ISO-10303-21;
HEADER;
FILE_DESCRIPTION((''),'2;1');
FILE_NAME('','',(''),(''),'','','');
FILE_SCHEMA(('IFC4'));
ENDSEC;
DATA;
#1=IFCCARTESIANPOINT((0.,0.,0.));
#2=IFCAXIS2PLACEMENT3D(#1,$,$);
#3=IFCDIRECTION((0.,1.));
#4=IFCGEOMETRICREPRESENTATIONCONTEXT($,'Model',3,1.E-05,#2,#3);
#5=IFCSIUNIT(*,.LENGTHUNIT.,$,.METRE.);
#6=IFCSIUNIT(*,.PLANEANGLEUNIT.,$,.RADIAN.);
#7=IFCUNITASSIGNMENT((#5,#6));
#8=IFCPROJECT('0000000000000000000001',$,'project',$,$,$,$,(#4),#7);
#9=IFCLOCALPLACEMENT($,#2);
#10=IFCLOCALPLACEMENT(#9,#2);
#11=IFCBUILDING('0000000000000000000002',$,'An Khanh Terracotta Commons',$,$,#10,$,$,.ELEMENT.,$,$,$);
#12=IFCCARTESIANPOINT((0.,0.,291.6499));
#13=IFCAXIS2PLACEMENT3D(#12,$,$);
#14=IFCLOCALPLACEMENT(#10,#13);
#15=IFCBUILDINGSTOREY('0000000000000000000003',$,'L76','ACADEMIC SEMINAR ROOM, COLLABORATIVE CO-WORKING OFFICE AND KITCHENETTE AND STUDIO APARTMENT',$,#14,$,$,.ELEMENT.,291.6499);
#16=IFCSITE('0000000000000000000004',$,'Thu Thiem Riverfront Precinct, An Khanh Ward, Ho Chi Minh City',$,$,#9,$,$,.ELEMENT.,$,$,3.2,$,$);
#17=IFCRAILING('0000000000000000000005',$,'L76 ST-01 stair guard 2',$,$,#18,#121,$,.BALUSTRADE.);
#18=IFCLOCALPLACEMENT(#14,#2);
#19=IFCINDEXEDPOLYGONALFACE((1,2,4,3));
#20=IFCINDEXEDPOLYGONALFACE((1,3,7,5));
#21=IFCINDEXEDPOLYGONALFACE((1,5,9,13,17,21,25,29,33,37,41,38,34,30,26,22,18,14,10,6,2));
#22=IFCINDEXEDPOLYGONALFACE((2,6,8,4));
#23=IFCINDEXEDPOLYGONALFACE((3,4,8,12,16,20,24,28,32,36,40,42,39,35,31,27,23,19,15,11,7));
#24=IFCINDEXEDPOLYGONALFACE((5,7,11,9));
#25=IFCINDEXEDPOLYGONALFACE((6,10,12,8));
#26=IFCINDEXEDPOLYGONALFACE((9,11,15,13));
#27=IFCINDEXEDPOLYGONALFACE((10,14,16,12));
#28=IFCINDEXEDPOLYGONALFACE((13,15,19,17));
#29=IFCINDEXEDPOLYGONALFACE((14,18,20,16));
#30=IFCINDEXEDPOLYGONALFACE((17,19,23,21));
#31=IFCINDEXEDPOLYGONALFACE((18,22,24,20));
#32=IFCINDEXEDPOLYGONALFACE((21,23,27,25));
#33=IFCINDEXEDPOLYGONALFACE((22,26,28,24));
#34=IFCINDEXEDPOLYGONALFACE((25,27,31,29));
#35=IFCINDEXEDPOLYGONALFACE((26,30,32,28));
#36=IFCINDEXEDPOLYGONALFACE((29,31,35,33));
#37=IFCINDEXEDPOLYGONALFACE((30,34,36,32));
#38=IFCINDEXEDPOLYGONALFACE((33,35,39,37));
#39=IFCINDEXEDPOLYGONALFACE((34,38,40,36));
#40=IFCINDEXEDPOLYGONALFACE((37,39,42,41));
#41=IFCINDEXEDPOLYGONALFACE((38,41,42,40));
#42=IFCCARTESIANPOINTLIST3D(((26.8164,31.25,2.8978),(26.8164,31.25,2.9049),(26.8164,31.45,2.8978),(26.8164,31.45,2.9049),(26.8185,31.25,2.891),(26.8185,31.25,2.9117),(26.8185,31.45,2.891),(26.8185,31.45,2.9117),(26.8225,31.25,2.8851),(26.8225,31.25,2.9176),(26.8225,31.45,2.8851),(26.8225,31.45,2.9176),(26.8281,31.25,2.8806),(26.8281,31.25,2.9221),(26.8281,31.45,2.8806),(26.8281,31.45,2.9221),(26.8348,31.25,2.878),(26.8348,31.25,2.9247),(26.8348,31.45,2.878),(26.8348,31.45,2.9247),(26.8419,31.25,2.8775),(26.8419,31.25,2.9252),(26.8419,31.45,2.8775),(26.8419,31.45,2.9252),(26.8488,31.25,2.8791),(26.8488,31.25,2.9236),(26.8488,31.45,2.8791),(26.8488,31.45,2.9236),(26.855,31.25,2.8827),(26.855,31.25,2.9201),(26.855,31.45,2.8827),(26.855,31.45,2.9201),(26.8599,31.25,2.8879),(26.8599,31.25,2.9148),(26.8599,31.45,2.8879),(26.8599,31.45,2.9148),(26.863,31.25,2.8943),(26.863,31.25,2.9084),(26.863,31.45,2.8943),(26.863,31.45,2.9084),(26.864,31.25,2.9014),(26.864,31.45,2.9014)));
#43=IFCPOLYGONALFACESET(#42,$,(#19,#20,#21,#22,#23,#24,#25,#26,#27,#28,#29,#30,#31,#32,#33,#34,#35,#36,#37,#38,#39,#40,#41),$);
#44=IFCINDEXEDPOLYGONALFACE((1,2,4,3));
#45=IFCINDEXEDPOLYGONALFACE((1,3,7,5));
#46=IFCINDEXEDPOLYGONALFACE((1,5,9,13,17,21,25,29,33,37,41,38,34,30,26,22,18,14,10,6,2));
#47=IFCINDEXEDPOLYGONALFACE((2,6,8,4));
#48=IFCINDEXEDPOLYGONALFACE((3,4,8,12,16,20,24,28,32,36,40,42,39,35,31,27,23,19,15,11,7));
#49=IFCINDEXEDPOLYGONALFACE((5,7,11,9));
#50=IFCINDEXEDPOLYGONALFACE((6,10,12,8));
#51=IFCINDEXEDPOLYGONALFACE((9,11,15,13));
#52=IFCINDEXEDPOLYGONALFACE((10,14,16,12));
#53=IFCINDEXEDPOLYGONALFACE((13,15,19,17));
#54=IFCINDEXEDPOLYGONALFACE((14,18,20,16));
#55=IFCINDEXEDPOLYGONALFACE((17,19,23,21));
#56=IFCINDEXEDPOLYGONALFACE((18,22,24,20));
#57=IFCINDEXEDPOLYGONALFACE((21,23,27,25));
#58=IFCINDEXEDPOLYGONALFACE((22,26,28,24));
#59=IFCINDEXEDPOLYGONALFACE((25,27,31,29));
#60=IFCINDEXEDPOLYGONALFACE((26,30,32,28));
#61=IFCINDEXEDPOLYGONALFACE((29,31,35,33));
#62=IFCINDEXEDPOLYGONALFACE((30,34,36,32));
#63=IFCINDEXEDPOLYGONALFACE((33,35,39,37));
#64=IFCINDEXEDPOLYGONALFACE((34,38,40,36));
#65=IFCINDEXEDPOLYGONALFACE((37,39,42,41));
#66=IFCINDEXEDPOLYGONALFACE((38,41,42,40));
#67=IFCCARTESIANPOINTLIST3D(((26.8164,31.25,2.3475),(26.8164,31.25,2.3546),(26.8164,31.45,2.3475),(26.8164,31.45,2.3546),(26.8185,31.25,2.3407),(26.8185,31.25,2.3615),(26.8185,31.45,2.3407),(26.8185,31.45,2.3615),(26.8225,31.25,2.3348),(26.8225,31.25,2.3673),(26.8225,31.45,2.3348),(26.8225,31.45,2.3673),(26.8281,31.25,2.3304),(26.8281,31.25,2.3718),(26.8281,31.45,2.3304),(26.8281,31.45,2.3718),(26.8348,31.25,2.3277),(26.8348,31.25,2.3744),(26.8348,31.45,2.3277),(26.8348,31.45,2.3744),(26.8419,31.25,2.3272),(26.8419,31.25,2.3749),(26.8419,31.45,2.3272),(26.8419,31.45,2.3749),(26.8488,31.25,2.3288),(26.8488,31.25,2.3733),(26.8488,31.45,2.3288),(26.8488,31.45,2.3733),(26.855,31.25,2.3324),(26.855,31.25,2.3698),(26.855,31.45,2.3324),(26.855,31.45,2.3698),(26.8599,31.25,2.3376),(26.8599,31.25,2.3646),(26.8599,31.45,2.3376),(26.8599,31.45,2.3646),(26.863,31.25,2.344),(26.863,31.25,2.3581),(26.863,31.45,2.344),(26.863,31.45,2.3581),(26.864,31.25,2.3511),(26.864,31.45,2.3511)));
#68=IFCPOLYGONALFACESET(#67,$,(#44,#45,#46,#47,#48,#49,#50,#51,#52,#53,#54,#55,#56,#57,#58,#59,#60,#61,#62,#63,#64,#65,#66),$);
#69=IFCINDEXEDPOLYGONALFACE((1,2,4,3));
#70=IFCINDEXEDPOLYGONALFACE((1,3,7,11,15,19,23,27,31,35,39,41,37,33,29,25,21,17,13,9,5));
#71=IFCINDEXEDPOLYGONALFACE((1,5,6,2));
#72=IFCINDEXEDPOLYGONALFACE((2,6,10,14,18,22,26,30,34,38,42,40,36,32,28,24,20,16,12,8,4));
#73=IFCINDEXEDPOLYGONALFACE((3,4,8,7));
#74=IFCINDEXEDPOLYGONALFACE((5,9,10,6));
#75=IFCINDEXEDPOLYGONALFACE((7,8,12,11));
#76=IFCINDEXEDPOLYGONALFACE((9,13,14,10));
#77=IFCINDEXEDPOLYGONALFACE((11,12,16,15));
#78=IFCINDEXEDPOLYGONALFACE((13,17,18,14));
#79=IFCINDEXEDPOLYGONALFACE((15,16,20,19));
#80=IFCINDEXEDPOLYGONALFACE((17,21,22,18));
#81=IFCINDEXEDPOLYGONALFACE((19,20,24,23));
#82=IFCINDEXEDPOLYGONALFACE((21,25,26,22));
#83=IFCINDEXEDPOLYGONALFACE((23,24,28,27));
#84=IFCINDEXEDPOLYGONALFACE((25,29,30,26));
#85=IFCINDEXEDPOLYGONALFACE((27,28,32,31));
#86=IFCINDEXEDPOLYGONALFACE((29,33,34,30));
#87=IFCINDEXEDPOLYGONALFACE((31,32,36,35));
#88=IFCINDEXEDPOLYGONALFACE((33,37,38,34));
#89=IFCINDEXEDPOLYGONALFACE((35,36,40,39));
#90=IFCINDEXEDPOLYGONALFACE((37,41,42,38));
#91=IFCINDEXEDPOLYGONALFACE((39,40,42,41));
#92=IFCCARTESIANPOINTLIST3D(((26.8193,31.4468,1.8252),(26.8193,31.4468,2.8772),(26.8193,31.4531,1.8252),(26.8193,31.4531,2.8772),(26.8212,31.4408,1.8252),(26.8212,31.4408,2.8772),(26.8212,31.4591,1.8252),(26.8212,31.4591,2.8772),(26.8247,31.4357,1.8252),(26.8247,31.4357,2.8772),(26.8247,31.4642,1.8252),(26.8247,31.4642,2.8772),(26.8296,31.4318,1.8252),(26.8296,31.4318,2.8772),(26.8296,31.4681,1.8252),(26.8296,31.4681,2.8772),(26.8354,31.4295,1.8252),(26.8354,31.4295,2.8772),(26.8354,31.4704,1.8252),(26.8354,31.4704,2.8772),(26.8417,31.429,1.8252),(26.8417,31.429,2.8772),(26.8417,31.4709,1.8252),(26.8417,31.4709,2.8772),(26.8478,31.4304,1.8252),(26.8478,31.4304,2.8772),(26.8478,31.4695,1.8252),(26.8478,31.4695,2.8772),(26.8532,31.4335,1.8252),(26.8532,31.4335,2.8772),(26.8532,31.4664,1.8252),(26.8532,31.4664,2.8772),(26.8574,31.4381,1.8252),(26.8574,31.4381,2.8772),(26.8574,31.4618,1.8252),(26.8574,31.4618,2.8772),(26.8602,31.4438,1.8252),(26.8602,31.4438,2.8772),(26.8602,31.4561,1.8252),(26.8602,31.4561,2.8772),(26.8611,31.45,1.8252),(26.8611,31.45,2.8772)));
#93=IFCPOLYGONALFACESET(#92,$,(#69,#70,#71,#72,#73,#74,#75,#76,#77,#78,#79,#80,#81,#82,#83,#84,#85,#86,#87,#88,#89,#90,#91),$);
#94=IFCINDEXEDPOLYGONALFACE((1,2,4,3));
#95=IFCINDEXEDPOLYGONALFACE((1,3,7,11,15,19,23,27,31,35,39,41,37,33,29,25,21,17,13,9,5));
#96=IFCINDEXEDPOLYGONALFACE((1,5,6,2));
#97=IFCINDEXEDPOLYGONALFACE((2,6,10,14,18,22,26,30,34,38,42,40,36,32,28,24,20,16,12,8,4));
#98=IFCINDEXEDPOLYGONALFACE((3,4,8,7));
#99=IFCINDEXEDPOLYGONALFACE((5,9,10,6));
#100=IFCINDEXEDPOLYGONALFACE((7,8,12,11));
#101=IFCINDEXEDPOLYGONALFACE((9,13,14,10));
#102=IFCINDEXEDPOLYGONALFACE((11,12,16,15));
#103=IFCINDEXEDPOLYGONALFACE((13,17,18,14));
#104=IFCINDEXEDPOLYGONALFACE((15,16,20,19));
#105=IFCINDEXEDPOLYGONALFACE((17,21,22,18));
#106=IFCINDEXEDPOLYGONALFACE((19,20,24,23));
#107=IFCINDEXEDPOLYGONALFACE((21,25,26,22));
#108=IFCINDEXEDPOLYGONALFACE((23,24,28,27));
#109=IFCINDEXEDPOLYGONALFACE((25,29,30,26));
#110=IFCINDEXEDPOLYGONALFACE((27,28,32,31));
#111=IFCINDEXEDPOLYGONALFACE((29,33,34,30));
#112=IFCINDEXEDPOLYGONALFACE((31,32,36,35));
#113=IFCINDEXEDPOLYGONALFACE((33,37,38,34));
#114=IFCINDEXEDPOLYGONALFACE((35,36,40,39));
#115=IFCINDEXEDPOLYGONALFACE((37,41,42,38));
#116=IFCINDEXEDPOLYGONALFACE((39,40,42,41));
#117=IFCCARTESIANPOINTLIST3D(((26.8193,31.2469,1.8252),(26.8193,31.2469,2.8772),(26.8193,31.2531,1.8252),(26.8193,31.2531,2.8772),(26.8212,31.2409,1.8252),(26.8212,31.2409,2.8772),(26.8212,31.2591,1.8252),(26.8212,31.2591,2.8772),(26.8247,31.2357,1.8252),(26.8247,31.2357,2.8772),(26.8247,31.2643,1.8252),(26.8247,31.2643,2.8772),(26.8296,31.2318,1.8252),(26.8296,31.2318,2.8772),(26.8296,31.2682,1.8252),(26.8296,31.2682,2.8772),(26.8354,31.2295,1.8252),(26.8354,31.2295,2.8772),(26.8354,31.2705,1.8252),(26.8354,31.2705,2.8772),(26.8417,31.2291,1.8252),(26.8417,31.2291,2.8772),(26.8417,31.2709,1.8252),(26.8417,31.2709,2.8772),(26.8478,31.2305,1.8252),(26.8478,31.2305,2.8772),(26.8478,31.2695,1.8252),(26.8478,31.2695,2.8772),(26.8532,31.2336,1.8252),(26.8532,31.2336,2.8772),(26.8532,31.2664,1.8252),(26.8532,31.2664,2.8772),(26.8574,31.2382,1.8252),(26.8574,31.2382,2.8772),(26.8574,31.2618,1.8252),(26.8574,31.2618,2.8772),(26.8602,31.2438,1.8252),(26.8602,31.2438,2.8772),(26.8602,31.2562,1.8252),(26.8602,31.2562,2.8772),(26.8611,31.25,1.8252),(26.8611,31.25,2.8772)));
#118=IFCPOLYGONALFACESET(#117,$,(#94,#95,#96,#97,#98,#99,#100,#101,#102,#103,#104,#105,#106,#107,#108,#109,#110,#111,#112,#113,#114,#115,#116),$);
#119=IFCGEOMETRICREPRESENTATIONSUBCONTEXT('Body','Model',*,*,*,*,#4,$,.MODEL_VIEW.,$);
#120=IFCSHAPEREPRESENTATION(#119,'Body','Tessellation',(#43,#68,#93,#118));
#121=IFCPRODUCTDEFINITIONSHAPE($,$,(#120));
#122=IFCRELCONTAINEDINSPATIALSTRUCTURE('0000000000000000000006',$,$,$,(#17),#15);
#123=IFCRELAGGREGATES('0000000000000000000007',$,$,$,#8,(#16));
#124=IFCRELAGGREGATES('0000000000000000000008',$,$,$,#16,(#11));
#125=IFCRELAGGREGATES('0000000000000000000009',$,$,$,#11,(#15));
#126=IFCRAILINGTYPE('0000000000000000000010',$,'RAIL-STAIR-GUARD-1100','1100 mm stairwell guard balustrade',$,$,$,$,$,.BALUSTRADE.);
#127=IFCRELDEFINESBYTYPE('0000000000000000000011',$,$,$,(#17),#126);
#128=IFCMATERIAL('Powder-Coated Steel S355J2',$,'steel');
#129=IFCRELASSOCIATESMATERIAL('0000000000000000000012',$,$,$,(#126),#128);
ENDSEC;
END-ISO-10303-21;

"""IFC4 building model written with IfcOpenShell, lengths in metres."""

from ifc_helpers import new_model, si_unit, direction, frame, origin, origin_2d, place, context, subcontext, project, spatial, circle, extrude, material, type_object, element, save


model = new_model("IFC4")

# Units and contexts
model_context = context("Model", 3, precision=1e-05, world=origin(), true_north=direction((0.0, 1.0)))
body_context = subcontext(model_context, "Body", "Model", "MODEL_VIEW")
ifc_project = project(units=[si_unit("LENGTHUNIT", "METRE"), si_unit("PLANEANGLEUNIT", "RADIAN")], contexts=[model_context])

# Site, building, storey
site_placement = place(None, origin())
site = spatial("IfcSite", under=ifc_project, at=site_placement, Name="Thu Thiem Riverfront Precinct, An Khanh Ward, Ho Chi Minh City", CompositionType="ELEMENT", RefElevation=3.2)
building_placement = place(site_placement, origin())
building = spatial("IfcBuilding", under=site, at=building_placement, Name="An Khanh Terracotta Commons", CompositionType="ELEMENT")
storey_placement = place(building_placement, frame((0.0, 0.0, 291.6499)))
storey = spatial("IfcBuildingStorey", under=building, at=storey_placement, Name="L76", Description="ACADEMIC SEMINAR ROOM, COLLABORATIVE CO-WORKING OFFICE AND KITCHENETTE AND STUDIO APARTMENT", CompositionType="ELEMENT", Elevation=291.6499)

# Railing
ifc_material_1 = material(Name="Powder-Coated Steel S355J2", Category="steel")
railing_type_1 = type_object("IfcRailingType", Name="RAIL-STAIR-GUARD-1100", Description="1100 mm stairwell guard balustrade", PredefinedType="BALUSTRADE", material=ifc_material_1)
railing_1_placement = place(storey_placement, frame((26.8401, 31.45, 1.8252)))
element("IfcRailing", 1, at=railing_1_placement, inside=storey, type_object=railing_type_1, Name="L76 ST-01 stair guard 2", PredefinedType="BALUSTRADE", context=body_context, shape_type="SweptSolid", body=[
    extrude(circle(Radius=0.0239, at=origin_2d()), frame((0.0, 0.0, 1.0762), z_axis=(0.0, -1.0, 0.0), x_axis=(1.0, 0.0, 0.0)), (0.0, 0.0, 1.0), 0.2),
    extrude(circle(Radius=0.0239, at=origin_2d()), frame((0.0, 0.0, 0.5259), z_axis=(0.0, -1.0, 0.0), x_axis=(1.0, 0.0, 0.0)), (0.0, 0.0, 1.0), 0.2),
    extrude(circle(Radius=0.021, at=origin_2d()), origin(), (0.0, 0.0, 1.0), 1.052),
    extrude(circle(Radius=0.021, at=origin_2d()), frame((0.0, -0.2, 0.0)), (0.0, 0.0, 1.0), 1.052),
])

save(model, "model.ifc")
